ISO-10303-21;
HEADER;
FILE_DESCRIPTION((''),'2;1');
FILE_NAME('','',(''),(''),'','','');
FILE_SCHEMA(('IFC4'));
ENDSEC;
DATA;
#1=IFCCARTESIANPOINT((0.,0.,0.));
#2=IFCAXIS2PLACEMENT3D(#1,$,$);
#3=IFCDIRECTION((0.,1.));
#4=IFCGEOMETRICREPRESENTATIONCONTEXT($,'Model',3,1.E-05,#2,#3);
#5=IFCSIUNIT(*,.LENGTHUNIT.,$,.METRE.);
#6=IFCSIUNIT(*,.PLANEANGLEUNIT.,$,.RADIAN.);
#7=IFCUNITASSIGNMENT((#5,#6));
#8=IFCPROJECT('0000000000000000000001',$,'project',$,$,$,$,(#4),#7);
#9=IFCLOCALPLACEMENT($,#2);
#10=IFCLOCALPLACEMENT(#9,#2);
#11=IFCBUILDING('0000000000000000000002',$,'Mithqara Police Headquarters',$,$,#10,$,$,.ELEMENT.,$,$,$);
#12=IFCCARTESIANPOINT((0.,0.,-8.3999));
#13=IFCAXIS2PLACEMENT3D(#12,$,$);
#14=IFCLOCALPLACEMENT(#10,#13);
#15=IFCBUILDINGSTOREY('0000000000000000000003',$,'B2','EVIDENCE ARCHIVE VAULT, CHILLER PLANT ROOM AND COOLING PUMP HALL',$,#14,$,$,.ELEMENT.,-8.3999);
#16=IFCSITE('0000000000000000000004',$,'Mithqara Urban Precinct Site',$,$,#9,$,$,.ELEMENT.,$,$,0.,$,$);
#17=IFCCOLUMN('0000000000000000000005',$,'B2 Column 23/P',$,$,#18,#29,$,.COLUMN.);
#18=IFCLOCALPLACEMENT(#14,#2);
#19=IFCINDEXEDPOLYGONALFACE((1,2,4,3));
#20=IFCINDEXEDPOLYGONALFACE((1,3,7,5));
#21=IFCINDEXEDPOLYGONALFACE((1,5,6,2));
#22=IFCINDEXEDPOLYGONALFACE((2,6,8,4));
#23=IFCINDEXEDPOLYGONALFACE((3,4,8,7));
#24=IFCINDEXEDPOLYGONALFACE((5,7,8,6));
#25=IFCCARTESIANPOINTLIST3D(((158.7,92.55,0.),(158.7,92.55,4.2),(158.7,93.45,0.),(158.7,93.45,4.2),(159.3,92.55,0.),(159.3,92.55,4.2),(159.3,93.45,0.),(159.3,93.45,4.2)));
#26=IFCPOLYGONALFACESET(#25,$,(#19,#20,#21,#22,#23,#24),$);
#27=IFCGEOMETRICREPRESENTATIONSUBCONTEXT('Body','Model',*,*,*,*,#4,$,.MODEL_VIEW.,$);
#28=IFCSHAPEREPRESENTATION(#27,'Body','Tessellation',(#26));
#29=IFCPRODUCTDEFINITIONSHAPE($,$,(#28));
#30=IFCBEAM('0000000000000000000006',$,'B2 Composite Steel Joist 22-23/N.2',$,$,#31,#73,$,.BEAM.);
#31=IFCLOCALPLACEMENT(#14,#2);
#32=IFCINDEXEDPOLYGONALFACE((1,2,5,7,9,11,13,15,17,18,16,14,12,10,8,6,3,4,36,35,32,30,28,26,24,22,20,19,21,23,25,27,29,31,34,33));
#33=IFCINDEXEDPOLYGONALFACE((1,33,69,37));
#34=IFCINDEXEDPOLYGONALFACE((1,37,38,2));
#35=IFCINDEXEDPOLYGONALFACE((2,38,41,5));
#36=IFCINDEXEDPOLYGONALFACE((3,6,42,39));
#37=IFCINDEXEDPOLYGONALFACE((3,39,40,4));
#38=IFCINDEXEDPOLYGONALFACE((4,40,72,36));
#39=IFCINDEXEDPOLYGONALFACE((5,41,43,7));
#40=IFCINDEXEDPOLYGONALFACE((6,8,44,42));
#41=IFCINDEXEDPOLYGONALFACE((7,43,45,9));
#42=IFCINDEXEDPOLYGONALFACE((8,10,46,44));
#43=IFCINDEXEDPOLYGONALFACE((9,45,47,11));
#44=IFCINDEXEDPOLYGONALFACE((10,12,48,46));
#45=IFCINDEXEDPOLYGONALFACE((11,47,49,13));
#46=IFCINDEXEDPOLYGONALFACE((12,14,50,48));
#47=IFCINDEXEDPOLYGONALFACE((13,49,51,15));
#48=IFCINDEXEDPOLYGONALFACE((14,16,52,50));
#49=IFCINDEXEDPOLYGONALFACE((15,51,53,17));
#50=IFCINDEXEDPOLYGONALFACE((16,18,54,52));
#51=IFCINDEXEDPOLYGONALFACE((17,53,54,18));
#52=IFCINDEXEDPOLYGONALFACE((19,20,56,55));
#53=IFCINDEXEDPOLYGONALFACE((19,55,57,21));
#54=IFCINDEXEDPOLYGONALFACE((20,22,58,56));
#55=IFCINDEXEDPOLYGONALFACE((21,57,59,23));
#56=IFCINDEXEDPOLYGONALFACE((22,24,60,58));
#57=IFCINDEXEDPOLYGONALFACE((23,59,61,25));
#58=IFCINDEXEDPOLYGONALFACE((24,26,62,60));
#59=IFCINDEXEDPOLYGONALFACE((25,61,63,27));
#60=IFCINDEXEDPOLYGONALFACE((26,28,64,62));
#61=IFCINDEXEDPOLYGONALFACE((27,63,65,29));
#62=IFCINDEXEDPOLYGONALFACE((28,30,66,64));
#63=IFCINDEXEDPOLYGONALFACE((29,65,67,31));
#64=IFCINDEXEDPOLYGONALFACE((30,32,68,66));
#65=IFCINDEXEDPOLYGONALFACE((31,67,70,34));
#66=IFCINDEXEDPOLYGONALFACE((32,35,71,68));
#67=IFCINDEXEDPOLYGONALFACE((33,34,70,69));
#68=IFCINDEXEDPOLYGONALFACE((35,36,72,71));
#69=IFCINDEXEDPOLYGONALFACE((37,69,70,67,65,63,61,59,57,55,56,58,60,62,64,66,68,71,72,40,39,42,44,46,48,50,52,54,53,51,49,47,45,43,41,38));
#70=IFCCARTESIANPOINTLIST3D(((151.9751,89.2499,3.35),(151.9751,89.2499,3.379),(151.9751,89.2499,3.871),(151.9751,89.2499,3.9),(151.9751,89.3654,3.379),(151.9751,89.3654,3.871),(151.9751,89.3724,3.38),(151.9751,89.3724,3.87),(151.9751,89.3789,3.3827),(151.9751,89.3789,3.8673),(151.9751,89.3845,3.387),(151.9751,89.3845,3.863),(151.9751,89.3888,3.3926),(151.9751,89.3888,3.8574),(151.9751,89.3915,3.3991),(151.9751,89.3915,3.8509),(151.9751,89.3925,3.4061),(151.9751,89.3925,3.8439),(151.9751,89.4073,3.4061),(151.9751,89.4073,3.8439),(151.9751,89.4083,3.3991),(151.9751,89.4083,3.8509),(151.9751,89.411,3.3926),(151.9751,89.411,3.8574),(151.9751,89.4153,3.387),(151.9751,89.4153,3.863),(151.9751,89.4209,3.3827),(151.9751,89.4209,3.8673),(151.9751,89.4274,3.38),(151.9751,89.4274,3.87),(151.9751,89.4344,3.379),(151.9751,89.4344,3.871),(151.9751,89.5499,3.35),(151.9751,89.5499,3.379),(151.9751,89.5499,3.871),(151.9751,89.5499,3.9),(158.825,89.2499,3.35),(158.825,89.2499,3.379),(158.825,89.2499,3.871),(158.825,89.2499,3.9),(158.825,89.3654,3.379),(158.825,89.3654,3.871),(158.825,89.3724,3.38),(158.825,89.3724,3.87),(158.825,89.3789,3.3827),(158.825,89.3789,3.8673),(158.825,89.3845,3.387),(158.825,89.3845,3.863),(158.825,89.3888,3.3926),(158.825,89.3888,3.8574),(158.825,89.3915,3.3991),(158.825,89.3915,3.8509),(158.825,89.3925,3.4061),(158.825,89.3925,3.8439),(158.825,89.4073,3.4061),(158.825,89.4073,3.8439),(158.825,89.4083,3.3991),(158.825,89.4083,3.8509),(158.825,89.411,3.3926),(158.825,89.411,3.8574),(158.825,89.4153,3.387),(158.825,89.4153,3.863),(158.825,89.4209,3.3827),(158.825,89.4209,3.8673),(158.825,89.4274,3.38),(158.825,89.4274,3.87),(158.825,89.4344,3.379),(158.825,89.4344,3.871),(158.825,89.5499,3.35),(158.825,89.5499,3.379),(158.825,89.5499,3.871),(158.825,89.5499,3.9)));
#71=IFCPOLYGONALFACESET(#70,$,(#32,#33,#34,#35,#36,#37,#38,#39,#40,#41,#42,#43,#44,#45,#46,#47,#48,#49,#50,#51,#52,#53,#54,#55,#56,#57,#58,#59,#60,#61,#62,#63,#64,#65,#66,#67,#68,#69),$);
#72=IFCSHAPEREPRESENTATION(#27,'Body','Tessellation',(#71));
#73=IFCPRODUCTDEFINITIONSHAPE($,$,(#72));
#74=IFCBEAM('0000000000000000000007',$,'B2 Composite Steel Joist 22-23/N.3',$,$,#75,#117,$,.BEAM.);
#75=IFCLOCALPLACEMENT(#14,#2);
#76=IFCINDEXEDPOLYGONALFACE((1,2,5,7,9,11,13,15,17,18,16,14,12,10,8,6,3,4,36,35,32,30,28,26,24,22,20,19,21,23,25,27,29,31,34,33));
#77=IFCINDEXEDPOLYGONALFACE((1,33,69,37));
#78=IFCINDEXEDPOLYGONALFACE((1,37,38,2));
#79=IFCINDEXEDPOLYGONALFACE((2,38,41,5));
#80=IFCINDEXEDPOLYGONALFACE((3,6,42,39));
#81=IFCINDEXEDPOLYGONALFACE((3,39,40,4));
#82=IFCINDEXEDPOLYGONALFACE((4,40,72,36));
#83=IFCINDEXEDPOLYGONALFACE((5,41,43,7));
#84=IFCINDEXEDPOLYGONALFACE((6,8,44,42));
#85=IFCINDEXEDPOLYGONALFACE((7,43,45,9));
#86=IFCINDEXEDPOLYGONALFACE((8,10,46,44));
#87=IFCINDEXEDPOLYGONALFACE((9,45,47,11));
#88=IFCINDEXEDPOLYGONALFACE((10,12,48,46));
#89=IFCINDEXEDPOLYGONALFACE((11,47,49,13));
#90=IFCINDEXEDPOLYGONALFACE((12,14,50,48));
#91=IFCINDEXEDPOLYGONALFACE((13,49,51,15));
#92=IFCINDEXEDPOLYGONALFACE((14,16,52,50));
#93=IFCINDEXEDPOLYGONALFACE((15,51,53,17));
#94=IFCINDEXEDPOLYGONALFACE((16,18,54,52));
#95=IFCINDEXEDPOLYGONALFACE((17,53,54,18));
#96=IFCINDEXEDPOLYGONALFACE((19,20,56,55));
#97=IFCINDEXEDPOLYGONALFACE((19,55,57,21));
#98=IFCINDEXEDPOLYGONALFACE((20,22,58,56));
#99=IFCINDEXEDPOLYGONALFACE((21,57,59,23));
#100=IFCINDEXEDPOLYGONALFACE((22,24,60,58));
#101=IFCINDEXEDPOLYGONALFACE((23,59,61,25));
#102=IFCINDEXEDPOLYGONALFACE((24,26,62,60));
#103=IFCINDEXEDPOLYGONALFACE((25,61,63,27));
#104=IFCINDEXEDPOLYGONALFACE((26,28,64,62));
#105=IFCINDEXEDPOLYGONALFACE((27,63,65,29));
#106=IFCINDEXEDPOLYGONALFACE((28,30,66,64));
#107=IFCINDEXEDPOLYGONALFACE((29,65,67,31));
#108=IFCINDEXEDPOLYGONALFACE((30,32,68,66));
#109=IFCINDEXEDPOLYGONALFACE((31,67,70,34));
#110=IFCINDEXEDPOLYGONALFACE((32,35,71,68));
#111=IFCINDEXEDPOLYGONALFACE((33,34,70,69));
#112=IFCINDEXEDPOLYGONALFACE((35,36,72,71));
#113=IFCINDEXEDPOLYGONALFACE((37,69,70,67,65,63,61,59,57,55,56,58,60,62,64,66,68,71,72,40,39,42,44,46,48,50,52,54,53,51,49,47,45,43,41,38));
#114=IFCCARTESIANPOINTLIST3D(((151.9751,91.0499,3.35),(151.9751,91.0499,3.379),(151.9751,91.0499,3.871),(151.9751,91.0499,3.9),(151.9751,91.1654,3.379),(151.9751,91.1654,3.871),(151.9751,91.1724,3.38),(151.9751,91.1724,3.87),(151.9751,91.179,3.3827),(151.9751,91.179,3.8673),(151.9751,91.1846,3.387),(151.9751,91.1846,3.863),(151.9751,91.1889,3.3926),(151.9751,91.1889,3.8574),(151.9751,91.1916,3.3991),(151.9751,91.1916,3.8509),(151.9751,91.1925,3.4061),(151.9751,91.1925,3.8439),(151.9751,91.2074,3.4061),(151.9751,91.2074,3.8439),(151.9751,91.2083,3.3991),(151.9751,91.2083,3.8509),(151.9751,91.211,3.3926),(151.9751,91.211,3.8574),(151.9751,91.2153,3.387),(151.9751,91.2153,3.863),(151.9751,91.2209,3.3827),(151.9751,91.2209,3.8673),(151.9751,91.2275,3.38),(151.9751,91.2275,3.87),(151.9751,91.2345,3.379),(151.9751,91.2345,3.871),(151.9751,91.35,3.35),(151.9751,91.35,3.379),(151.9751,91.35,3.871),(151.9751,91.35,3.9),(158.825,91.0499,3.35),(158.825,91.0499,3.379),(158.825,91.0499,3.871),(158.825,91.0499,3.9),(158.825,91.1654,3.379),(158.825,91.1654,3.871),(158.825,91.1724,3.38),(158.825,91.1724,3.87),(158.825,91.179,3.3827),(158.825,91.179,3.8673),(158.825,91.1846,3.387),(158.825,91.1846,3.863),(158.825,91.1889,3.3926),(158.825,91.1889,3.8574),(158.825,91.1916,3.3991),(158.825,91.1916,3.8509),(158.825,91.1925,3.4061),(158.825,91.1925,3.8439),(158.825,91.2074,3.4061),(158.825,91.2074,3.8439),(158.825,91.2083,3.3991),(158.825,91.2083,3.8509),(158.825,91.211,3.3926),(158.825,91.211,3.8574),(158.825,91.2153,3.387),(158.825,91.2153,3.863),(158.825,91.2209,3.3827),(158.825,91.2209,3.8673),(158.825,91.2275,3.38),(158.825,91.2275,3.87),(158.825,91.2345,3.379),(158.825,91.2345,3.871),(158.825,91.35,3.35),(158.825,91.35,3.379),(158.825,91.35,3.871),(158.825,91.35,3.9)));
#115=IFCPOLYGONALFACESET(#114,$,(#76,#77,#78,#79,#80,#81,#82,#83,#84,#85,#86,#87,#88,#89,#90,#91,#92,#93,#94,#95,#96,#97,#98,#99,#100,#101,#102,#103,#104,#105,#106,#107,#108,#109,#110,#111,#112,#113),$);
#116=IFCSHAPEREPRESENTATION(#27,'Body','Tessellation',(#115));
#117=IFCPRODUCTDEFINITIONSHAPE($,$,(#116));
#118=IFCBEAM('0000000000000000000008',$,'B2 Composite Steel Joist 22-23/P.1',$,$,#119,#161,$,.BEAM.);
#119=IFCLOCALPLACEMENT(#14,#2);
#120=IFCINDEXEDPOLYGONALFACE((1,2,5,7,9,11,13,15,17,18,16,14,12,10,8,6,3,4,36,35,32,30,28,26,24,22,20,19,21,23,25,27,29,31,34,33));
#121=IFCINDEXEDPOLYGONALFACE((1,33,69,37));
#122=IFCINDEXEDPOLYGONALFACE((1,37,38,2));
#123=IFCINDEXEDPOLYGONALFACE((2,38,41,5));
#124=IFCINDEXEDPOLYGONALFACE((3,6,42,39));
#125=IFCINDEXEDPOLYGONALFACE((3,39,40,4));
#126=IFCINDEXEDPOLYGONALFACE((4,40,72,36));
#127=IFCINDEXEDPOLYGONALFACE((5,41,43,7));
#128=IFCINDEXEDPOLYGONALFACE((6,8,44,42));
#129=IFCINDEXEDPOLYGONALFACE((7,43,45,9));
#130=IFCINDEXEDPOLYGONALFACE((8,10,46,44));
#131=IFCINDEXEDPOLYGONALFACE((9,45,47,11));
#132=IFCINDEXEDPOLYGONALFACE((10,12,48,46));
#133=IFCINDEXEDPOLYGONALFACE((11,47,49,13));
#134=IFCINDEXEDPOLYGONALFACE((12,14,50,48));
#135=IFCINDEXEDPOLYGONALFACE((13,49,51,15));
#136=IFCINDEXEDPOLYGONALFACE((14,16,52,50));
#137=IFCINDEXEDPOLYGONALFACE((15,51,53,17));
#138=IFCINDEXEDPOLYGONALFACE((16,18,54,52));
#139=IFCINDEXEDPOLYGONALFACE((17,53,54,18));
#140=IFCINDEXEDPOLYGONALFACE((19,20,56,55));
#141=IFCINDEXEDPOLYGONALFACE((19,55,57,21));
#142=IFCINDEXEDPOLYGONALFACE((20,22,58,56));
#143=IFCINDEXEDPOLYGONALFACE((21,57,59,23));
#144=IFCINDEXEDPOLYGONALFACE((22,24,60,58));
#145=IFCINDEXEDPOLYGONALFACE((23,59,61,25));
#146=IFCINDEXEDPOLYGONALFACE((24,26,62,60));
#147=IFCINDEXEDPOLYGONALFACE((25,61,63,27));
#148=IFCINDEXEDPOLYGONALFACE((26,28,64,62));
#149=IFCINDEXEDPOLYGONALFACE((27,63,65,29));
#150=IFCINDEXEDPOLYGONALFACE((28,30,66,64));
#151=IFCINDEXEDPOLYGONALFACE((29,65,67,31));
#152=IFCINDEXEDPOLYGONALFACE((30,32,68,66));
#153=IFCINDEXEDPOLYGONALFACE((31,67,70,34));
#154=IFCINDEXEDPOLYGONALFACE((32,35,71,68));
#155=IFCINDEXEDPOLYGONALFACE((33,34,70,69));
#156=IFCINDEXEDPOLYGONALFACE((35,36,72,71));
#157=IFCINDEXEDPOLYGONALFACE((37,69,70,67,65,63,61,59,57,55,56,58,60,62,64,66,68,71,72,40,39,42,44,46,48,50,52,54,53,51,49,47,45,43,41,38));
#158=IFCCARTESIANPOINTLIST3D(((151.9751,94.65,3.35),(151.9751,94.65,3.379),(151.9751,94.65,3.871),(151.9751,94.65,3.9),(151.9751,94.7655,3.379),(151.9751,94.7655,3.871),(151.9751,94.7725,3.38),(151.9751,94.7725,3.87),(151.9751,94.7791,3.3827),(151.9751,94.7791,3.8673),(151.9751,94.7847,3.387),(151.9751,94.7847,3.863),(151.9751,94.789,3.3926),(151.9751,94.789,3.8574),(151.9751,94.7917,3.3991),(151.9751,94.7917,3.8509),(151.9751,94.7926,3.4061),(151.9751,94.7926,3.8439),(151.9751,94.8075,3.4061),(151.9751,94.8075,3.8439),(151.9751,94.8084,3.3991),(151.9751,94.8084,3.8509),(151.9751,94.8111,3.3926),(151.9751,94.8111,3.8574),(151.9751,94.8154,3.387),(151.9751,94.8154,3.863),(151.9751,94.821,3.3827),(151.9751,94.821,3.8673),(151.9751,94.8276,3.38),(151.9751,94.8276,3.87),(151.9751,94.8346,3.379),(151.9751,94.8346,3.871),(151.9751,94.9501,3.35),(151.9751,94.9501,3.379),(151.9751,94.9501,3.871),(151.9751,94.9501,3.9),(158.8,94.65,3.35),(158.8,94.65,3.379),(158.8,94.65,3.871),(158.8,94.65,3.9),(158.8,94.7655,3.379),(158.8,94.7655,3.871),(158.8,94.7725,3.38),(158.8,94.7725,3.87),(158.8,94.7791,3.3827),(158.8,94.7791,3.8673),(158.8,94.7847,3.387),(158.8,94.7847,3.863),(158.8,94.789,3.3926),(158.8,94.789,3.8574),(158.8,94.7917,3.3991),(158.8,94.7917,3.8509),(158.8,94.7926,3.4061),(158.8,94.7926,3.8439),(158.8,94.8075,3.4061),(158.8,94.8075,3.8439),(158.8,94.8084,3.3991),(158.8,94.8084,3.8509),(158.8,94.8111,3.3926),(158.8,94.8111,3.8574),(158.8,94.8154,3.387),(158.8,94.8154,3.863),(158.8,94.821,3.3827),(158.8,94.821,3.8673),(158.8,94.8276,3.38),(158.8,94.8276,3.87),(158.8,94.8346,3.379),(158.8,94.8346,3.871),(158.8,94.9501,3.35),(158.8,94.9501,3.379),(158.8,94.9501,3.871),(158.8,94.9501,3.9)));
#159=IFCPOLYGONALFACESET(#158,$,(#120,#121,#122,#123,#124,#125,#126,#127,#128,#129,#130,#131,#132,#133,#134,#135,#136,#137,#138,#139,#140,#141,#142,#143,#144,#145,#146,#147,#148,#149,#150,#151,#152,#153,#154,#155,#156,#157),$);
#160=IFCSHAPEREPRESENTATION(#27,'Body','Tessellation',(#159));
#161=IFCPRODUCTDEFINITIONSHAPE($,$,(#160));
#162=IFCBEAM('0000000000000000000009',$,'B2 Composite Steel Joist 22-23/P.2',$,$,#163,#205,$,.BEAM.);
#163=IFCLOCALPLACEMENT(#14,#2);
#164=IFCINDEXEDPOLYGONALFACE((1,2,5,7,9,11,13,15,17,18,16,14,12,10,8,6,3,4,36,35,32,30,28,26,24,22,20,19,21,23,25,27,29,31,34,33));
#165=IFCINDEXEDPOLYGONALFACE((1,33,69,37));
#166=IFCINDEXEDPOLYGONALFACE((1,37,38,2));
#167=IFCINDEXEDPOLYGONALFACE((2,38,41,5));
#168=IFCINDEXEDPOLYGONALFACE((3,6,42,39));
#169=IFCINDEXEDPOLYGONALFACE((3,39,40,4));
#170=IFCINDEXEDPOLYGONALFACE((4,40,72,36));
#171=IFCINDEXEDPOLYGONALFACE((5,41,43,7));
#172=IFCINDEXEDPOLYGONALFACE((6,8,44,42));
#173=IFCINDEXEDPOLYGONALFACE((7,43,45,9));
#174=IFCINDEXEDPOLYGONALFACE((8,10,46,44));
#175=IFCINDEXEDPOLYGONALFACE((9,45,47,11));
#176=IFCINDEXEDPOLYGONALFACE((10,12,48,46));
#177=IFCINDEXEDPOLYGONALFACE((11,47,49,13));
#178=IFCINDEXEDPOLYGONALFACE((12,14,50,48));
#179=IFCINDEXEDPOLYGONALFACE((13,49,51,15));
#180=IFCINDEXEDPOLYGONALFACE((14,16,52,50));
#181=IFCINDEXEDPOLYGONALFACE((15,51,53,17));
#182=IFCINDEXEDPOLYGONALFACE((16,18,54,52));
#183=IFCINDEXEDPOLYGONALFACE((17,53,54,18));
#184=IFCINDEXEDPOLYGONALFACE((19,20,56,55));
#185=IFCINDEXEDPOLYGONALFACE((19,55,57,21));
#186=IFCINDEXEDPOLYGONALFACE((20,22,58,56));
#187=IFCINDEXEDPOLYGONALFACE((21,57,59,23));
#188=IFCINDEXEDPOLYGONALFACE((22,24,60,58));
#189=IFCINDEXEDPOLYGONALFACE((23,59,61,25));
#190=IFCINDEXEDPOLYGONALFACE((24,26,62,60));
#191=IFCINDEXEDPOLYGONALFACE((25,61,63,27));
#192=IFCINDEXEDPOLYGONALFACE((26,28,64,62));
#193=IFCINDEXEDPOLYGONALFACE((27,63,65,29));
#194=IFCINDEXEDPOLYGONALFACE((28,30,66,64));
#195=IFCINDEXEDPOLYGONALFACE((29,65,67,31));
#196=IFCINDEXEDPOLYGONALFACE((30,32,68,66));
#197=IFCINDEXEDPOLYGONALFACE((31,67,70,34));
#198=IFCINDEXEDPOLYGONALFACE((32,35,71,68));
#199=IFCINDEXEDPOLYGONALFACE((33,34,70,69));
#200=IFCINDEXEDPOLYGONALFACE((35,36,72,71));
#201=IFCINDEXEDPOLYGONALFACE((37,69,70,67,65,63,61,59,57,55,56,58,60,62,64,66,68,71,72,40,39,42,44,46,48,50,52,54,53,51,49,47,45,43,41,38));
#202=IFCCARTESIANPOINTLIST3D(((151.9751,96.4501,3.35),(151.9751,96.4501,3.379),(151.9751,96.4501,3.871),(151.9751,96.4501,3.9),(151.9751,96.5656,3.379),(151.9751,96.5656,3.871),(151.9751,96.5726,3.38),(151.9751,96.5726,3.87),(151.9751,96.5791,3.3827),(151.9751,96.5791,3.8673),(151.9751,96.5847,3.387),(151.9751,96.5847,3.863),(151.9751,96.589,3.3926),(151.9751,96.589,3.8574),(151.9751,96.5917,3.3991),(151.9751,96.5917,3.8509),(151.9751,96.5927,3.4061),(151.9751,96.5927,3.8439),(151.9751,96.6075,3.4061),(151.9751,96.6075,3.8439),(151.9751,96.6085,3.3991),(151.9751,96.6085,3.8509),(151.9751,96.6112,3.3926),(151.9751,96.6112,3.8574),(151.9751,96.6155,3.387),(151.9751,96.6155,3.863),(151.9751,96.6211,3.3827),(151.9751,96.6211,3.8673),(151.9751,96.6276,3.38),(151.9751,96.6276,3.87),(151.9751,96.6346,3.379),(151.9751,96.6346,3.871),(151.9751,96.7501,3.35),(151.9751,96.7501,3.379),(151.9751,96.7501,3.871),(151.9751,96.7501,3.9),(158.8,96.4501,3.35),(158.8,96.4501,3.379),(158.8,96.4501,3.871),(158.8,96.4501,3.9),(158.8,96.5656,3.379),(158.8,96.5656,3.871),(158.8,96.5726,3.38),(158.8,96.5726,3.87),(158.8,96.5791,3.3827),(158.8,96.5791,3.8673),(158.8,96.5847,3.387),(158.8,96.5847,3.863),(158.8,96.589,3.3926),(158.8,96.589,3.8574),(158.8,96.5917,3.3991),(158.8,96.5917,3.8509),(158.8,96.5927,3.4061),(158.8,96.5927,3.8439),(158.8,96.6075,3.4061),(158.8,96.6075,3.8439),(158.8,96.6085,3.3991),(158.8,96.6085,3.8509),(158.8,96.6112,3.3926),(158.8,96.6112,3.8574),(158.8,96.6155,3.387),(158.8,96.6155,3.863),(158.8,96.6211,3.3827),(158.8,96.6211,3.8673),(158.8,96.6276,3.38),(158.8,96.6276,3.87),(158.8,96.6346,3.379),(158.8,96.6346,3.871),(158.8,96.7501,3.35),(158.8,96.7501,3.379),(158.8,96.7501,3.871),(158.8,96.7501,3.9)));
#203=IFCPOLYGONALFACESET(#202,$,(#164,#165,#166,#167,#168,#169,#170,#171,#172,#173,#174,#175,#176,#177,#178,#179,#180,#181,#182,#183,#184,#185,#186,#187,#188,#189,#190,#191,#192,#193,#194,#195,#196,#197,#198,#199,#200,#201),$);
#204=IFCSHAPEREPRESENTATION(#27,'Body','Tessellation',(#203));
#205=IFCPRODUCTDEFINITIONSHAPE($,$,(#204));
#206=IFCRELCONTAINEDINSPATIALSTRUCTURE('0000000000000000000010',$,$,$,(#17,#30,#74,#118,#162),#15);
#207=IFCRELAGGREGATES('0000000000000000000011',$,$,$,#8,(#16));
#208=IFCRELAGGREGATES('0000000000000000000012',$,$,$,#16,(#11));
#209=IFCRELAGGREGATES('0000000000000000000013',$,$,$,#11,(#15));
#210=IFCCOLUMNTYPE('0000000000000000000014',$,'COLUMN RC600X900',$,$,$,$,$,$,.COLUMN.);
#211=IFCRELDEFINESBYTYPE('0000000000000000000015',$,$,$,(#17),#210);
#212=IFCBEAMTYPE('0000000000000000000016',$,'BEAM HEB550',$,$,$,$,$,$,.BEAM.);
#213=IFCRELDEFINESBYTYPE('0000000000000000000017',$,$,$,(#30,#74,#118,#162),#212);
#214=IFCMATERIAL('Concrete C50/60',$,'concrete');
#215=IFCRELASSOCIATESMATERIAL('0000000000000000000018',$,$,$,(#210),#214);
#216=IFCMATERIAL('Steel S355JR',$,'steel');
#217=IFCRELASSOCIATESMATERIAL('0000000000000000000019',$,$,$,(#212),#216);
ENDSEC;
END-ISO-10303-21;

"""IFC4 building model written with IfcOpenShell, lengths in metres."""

from ifc_helpers import new_model, si_unit, direction, frame, origin, origin_2d, place, context, subcontext, project, spatial, rectangle, i_section, extrude, material, material_profile, profile_set, type_object, element, save


model = new_model("IFC4")

# Units and contexts
model_context = context("Model", 3, precision=1e-05, world=origin(), true_north=direction((0.0, 1.0)))
body_context = subcontext(model_context, "Body", "Model", "MODEL_VIEW")
ifc_project = project(units=[si_unit("LENGTHUNIT", "METRE"), si_unit("PLANEANGLEUNIT", "RADIAN")], contexts=[model_context])

# Site, building, storey
site_placement = place(None, origin())
site = spatial("IfcSite", under=ifc_project, at=site_placement, Name="Mithqara Urban Precinct Site", CompositionType="ELEMENT", RefElevation=0.0)
building_placement = place(site_placement, origin())
building = spatial("IfcBuilding", under=site, at=building_placement, Name="Mithqara Police Headquarters", CompositionType="ELEMENT")
storey_placement = place(building_placement, frame((0.0, 0.0, -8.3999)))
storey = spatial("IfcBuildingStorey", under=building, at=storey_placement, Name="B2", Description="EVIDENCE ARCHIVE VAULT, CHILLER PLANT ROOM AND COOLING PUMP HALL", CompositionType="ELEMENT", Elevation=-8.3999)

# Column
ifc_material_1 = material(Name="Concrete C50/60", Category="concrete")
ifc_material_profile_1 = material_profile(ifc_material_1, rectangle(XDim=0.6001, YDim=0.8999, at=origin_2d()), Name="RC 600x900")
ifc_profile_set_1 = profile_set([ifc_material_profile_1], Name="Concrete C50/60")
column_type = type_object("IfcColumnType", Name="COLUMN RC600X900", PredefinedType="COLUMN", material=ifc_profile_set_1)
column_placement = place(storey_placement, frame((159.0, 93.0, 0.0), z_axis=(0.0, 0.0, 1.0), x_axis=(1.0, 0.0, 0.0)))
element("IfcColumn", 1, at=column_placement, inside=storey, type_object=column_type, Name="B2 Column 23/P", PredefinedType="COLUMN", context=body_context, shape_type="SweptSolid", body=[
    extrude(rectangle(XDim=0.6001, YDim=0.8999, at=origin_2d()), origin(), (0.0, 0.0, 1.0), 4.2),
])

# Beams
ifc_material_2 = material(Name="Steel S355JR", Category="steel")
ifc_material_profile_2 = material_profile(ifc_material_2, i_section(OverallWidth=0.3, OverallDepth=0.55, WebThickness=0.0149, FlangeThickness=0.0291, FilletRadius=0.0271, at=origin_2d()), Name="HEB 550")
ifc_profile_set_2 = profile_set([ifc_material_profile_2], Name="Steel S355JR")
beam_type_1 = type_object("IfcBeamType", Name="BEAM HEB550", PredefinedType="BEAM", material=ifc_profile_set_2)
for number, where, z_axis, x_axis, name in (
    (2, (151.9751, 89.3999, 3.625), (1.0, 0.0, 0.0), (0.0, 1.0, 0.0), "B2 Composite Steel Joist 22-23/N.2"),
    (3, (151.9751, 91.2, 3.625), (1.0, 0.0, 0.0), (0.0, 1.0, 0.0), "B2 Composite Steel Joist 22-23/N.3"),
):
    element("IfcBeam", number, at=place(storey_placement, frame(where, z_axis=z_axis, x_axis=x_axis)), inside=storey, type_object=beam_type_1, Name=name, PredefinedType="BEAM", context=body_context, shape_type="SweptSolid", body=[
        extrude(i_section(OverallWidth=0.3, OverallDepth=0.55, WebThickness=0.0149, FlangeThickness=0.0291, FilletRadius=0.0271, at=origin_2d()), origin(), (0.0, 0.0, 1.0), 6.8499),
    ])
for number, where, z_axis, x_axis, name in (
    (4, (151.9751, 94.8, 3.625), (1.0, 0.0, 0.0), (0.0, 1.0, 0.0), "B2 Composite Steel Joist 22-23/P.1"),
    (5, (151.9751, 96.6001, 3.625), (1.0, 0.0, 0.0), (0.0, 1.0, 0.0), "B2 Composite Steel Joist 22-23/P.2"),
):
    element("IfcBeam", number, at=place(storey_placement, frame(where, z_axis=z_axis, x_axis=x_axis)), inside=storey, type_object=beam_type_1, Name=name, PredefinedType="BEAM", context=body_context, shape_type="SweptSolid", body=[
        extrude(i_section(OverallWidth=0.3, OverallDepth=0.55, WebThickness=0.0149, FlangeThickness=0.0291, FilletRadius=0.0271, at=origin_2d()), origin(), (0.0, 0.0, 1.0), 6.825),
    ])

save(model, "model.ifc")
